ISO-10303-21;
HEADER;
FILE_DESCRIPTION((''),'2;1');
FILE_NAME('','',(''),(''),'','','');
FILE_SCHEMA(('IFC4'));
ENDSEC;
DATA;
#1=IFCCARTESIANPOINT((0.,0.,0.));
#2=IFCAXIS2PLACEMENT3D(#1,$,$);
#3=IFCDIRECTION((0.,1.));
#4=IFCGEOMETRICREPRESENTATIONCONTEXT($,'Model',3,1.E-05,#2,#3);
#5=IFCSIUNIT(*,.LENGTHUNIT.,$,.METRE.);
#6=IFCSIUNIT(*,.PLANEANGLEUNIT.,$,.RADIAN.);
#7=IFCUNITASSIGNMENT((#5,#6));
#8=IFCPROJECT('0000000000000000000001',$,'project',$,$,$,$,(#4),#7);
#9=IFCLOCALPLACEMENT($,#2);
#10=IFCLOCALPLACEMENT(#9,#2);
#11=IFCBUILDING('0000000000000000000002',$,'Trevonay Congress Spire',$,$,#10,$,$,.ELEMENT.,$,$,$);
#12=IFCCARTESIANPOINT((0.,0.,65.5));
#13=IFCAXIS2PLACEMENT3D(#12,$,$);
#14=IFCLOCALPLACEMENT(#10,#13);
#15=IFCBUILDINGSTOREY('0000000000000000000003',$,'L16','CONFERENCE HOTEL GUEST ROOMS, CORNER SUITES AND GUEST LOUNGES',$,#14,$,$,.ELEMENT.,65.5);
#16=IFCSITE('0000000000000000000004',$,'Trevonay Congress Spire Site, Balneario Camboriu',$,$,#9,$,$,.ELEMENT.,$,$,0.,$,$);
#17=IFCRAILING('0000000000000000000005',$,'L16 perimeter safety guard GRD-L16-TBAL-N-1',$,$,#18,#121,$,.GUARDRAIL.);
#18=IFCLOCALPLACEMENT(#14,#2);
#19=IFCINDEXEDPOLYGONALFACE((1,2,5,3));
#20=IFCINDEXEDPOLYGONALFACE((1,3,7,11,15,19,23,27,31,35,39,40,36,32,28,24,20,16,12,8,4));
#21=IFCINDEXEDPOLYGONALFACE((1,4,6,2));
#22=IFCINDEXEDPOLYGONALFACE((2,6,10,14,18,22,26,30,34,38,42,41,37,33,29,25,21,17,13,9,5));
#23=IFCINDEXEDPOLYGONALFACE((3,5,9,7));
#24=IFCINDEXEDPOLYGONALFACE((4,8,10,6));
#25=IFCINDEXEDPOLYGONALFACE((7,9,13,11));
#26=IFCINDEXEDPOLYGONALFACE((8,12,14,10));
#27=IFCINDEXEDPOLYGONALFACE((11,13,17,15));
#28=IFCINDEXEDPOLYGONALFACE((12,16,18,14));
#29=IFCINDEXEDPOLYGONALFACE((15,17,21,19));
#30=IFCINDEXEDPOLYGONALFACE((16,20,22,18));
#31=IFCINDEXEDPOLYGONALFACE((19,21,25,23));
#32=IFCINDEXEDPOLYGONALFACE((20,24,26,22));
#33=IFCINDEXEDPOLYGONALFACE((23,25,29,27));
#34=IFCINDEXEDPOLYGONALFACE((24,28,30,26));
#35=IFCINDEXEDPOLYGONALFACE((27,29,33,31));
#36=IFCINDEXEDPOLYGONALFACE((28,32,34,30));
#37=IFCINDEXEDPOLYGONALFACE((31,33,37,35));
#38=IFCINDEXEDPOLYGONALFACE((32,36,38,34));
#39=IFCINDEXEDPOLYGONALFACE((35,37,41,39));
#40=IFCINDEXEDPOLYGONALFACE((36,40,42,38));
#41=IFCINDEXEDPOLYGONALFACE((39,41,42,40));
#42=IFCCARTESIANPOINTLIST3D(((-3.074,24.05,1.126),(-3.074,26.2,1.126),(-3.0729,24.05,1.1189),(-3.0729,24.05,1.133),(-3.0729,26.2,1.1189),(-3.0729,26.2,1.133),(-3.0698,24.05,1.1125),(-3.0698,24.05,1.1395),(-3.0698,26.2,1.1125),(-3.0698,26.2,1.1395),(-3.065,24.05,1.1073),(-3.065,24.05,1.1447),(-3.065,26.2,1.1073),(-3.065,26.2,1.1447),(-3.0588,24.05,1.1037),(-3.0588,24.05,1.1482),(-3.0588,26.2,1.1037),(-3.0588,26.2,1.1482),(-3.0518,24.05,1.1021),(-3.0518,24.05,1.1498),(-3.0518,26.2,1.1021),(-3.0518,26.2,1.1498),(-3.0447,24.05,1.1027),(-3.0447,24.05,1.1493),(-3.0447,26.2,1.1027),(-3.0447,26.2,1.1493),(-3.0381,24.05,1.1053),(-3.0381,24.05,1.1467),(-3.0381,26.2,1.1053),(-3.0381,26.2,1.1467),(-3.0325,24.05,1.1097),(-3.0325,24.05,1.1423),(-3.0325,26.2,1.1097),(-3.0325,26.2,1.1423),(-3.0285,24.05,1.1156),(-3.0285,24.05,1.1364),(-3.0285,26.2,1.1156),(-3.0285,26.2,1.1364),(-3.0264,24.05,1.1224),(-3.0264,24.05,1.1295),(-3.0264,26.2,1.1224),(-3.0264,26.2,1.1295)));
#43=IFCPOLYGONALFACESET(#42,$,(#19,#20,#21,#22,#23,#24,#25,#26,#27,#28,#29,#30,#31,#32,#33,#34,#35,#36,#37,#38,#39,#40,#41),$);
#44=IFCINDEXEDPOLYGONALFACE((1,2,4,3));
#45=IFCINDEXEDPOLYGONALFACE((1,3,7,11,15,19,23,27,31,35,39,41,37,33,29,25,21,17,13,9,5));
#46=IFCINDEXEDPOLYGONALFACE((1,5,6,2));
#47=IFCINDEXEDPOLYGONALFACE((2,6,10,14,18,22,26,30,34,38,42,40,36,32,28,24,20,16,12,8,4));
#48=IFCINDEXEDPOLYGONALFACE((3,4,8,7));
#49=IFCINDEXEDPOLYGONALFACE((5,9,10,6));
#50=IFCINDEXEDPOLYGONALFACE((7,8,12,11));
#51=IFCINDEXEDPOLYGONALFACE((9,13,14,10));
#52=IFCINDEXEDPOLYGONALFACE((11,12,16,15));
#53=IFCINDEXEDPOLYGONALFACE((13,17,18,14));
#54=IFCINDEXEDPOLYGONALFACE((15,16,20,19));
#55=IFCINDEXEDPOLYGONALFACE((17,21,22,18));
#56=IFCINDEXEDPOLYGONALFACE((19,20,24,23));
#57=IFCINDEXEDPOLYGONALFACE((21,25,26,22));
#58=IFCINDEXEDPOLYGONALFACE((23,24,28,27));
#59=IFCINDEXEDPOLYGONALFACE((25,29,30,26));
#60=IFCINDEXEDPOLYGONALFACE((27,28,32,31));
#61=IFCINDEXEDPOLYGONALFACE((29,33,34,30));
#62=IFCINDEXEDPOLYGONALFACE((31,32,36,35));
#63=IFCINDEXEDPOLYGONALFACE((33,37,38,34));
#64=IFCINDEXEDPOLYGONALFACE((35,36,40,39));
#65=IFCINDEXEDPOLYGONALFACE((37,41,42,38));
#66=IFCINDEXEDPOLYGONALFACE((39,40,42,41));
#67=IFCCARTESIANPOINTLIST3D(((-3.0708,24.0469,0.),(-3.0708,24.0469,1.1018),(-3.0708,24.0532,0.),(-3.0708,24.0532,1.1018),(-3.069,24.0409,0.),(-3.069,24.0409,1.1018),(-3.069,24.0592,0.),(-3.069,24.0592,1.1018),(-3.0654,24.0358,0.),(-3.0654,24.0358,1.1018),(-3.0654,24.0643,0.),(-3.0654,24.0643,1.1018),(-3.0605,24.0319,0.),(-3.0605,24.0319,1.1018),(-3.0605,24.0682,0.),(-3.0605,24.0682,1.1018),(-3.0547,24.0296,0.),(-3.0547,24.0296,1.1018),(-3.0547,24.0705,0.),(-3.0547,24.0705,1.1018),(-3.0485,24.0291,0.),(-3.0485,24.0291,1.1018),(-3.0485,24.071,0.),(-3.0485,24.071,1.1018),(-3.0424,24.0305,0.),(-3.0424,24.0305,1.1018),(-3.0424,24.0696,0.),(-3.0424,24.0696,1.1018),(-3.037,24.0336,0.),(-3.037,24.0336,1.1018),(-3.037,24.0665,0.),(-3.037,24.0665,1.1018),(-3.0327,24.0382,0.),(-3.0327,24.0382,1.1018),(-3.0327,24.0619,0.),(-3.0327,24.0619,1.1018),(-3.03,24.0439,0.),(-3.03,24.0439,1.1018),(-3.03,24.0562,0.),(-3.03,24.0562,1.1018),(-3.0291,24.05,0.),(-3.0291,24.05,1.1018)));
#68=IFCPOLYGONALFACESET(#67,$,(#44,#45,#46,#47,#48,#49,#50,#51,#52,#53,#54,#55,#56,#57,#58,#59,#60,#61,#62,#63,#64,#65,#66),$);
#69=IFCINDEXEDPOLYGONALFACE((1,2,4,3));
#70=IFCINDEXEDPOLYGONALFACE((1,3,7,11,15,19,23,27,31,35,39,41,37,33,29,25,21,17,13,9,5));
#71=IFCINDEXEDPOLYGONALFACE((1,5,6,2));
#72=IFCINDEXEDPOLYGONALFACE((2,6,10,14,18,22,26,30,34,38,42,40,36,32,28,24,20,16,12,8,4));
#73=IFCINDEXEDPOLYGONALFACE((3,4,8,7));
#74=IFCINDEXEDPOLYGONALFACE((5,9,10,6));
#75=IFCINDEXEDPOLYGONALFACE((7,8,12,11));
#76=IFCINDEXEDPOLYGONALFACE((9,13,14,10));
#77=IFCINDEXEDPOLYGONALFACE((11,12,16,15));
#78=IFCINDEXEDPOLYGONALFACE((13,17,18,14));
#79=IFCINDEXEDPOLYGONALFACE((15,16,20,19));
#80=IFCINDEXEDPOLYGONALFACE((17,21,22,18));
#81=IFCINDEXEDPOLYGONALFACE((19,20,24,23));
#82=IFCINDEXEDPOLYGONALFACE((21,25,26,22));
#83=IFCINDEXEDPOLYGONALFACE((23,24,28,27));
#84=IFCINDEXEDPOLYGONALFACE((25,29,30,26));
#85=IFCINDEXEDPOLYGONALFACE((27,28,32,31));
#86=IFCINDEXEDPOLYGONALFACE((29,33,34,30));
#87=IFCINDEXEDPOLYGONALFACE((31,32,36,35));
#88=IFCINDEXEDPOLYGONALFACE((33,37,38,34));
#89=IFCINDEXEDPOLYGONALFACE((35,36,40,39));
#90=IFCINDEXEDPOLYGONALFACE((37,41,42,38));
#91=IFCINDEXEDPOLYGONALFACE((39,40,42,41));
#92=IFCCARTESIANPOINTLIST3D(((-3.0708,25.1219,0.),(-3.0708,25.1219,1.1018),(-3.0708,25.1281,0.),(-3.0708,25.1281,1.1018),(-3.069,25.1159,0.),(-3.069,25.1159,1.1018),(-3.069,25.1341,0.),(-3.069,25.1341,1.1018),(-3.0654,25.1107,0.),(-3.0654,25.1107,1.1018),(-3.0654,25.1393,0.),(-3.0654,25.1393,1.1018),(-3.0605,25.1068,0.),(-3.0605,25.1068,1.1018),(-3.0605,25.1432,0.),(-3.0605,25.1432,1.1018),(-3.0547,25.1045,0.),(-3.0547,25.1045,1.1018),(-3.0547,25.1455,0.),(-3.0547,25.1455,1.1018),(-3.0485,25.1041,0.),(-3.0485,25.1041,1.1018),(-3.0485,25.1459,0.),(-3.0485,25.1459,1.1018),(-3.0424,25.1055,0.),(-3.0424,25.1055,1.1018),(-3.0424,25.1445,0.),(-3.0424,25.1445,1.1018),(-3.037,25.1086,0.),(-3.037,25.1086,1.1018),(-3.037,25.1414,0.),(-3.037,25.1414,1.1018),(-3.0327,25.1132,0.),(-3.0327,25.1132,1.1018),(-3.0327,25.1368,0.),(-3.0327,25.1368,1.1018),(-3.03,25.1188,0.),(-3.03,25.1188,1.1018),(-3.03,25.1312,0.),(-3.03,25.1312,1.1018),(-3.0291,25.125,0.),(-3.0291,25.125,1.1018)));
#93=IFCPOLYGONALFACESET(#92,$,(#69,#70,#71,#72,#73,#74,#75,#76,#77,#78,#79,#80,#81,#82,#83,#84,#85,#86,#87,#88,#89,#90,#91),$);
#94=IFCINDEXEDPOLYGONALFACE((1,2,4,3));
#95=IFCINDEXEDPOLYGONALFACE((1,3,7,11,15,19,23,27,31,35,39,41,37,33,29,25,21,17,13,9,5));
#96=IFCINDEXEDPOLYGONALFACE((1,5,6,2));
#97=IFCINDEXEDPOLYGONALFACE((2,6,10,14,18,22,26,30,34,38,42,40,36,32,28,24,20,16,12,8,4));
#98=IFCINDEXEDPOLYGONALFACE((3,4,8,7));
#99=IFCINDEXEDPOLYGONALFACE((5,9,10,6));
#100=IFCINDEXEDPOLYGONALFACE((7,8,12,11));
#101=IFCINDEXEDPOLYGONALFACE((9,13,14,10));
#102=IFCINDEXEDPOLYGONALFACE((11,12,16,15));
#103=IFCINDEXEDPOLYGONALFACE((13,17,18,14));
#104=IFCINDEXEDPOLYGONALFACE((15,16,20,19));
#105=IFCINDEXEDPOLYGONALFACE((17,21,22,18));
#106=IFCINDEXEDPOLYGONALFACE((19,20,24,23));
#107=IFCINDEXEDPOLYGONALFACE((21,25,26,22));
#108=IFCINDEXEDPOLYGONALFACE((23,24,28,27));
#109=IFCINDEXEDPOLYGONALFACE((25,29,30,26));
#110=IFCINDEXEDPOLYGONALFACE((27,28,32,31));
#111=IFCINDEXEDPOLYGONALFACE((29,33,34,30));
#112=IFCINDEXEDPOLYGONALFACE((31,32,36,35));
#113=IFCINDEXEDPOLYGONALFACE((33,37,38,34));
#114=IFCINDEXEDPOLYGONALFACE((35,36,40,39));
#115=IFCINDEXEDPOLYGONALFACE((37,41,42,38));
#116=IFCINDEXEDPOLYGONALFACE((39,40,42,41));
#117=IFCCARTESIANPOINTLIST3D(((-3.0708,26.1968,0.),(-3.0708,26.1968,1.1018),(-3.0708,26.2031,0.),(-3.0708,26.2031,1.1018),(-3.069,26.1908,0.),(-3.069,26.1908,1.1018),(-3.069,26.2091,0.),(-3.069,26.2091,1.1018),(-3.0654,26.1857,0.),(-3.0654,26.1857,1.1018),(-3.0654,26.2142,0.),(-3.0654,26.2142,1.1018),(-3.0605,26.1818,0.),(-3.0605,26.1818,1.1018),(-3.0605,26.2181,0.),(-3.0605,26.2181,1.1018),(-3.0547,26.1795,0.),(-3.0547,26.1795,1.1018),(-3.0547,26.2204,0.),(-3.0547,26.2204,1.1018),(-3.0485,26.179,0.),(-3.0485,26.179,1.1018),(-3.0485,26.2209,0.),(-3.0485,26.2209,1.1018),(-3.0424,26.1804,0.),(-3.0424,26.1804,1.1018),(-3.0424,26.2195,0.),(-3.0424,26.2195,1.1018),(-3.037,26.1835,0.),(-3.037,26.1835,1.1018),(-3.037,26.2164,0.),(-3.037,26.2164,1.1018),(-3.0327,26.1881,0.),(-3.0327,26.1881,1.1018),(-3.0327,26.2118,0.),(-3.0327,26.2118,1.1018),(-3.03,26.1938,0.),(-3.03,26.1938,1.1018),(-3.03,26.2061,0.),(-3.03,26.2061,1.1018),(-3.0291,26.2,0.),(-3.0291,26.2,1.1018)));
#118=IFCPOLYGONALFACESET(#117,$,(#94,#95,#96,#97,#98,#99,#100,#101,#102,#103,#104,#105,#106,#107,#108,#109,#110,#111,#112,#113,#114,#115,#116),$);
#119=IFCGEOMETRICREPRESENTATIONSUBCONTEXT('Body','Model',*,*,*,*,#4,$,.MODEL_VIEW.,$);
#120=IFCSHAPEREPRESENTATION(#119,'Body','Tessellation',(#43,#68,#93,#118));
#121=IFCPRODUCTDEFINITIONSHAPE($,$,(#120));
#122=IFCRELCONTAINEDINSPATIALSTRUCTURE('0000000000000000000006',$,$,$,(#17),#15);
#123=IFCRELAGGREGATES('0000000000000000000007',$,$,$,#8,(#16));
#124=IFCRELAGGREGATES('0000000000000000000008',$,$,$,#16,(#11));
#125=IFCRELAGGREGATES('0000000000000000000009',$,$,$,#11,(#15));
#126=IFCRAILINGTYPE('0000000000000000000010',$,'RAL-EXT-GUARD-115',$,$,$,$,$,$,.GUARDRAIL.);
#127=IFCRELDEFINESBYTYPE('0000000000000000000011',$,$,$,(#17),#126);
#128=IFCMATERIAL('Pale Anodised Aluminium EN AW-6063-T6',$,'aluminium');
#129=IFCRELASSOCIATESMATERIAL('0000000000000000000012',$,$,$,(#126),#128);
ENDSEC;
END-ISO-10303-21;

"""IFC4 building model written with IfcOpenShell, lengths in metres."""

from ifc_helpers import new_model, si_unit, direction, frame, origin, origin_2d, place, context, subcontext, project, spatial, circle, extrude, material, type_object, element, save


model = new_model("IFC4")

# Units and contexts
model_context = context("Model", 3, precision=1e-05, world=origin(), true_north=direction((0.0, 1.0)))
body_context = subcontext(model_context, "Body", "Model", "MODEL_VIEW")
ifc_project = project(units=[si_unit("LENGTHUNIT", "METRE"), si_unit("PLANEANGLEUNIT", "RADIAN")], contexts=[model_context])

# Site, building, storey
site_placement = place(None, origin())
site = spatial("IfcSite", under=ifc_project, at=site_placement, Name="Trevonay Congress Spire Site, Balneario Camboriu", CompositionType="ELEMENT", RefElevation=0.0)
building_placement = place(site_placement, origin())
building = spatial("IfcBuilding", under=site, at=building_placement, Name="Trevonay Congress Spire", CompositionType="ELEMENT")
storey_placement = place(building_placement, frame((0.0, 0.0, 65.5)))
storey = spatial("IfcBuildingStorey", under=building, at=storey_placement, Name="L16", Description="CONFERENCE HOTEL GUEST ROOMS, CORNER SUITES AND GUEST LOUNGES", CompositionType="ELEMENT", Elevation=65.5)

# Shared definitions
ifc_material_1 = material(Name="Pale Anodised Aluminium EN AW-6063-T6", Category="aluminium")

# Railing
railing_type = type_object("IfcRailingType", Name="RAL-EXT-GUARD-115", PredefinedType="GUARDRAIL", material=ifc_material_1)
railing_1_placement = place(storey_placement, frame((-3.05, 24.05, 0.0)))
element("IfcRailing", 1, at=railing_1_placement, inside=storey, type_object=railing_type, Name="L16 perimeter safety guard GRD-L16-TBAL-N-1", PredefinedType="GUARDRAIL", context=body_context, shape_type="SweptSolid", body=[
    extrude(circle(Radius=0.0239, at=origin_2d()), frame((0.0, 0.0, 1.126), z_axis=(0.0, 1.0, 0.0), x_axis=(-1.0, 0.0, 0.0)), (0.0, 0.0, 1.0), 2.1499),
    extrude(circle(Radius=0.021, at=origin_2d()), origin(), (0.0, 0.0, 1.0), 1.1018),
    extrude(circle(Radius=0.021, at=origin_2d()), frame((0.0, 1.075, 0.0)), (0.0, 0.0, 1.0), 1.1018),
    extrude(circle(Radius=0.021, at=origin_2d()), frame((0.0, 2.1499, 0.0)), (0.0, 0.0, 1.0), 1.1018),
])

save(model, "model.ifc")
